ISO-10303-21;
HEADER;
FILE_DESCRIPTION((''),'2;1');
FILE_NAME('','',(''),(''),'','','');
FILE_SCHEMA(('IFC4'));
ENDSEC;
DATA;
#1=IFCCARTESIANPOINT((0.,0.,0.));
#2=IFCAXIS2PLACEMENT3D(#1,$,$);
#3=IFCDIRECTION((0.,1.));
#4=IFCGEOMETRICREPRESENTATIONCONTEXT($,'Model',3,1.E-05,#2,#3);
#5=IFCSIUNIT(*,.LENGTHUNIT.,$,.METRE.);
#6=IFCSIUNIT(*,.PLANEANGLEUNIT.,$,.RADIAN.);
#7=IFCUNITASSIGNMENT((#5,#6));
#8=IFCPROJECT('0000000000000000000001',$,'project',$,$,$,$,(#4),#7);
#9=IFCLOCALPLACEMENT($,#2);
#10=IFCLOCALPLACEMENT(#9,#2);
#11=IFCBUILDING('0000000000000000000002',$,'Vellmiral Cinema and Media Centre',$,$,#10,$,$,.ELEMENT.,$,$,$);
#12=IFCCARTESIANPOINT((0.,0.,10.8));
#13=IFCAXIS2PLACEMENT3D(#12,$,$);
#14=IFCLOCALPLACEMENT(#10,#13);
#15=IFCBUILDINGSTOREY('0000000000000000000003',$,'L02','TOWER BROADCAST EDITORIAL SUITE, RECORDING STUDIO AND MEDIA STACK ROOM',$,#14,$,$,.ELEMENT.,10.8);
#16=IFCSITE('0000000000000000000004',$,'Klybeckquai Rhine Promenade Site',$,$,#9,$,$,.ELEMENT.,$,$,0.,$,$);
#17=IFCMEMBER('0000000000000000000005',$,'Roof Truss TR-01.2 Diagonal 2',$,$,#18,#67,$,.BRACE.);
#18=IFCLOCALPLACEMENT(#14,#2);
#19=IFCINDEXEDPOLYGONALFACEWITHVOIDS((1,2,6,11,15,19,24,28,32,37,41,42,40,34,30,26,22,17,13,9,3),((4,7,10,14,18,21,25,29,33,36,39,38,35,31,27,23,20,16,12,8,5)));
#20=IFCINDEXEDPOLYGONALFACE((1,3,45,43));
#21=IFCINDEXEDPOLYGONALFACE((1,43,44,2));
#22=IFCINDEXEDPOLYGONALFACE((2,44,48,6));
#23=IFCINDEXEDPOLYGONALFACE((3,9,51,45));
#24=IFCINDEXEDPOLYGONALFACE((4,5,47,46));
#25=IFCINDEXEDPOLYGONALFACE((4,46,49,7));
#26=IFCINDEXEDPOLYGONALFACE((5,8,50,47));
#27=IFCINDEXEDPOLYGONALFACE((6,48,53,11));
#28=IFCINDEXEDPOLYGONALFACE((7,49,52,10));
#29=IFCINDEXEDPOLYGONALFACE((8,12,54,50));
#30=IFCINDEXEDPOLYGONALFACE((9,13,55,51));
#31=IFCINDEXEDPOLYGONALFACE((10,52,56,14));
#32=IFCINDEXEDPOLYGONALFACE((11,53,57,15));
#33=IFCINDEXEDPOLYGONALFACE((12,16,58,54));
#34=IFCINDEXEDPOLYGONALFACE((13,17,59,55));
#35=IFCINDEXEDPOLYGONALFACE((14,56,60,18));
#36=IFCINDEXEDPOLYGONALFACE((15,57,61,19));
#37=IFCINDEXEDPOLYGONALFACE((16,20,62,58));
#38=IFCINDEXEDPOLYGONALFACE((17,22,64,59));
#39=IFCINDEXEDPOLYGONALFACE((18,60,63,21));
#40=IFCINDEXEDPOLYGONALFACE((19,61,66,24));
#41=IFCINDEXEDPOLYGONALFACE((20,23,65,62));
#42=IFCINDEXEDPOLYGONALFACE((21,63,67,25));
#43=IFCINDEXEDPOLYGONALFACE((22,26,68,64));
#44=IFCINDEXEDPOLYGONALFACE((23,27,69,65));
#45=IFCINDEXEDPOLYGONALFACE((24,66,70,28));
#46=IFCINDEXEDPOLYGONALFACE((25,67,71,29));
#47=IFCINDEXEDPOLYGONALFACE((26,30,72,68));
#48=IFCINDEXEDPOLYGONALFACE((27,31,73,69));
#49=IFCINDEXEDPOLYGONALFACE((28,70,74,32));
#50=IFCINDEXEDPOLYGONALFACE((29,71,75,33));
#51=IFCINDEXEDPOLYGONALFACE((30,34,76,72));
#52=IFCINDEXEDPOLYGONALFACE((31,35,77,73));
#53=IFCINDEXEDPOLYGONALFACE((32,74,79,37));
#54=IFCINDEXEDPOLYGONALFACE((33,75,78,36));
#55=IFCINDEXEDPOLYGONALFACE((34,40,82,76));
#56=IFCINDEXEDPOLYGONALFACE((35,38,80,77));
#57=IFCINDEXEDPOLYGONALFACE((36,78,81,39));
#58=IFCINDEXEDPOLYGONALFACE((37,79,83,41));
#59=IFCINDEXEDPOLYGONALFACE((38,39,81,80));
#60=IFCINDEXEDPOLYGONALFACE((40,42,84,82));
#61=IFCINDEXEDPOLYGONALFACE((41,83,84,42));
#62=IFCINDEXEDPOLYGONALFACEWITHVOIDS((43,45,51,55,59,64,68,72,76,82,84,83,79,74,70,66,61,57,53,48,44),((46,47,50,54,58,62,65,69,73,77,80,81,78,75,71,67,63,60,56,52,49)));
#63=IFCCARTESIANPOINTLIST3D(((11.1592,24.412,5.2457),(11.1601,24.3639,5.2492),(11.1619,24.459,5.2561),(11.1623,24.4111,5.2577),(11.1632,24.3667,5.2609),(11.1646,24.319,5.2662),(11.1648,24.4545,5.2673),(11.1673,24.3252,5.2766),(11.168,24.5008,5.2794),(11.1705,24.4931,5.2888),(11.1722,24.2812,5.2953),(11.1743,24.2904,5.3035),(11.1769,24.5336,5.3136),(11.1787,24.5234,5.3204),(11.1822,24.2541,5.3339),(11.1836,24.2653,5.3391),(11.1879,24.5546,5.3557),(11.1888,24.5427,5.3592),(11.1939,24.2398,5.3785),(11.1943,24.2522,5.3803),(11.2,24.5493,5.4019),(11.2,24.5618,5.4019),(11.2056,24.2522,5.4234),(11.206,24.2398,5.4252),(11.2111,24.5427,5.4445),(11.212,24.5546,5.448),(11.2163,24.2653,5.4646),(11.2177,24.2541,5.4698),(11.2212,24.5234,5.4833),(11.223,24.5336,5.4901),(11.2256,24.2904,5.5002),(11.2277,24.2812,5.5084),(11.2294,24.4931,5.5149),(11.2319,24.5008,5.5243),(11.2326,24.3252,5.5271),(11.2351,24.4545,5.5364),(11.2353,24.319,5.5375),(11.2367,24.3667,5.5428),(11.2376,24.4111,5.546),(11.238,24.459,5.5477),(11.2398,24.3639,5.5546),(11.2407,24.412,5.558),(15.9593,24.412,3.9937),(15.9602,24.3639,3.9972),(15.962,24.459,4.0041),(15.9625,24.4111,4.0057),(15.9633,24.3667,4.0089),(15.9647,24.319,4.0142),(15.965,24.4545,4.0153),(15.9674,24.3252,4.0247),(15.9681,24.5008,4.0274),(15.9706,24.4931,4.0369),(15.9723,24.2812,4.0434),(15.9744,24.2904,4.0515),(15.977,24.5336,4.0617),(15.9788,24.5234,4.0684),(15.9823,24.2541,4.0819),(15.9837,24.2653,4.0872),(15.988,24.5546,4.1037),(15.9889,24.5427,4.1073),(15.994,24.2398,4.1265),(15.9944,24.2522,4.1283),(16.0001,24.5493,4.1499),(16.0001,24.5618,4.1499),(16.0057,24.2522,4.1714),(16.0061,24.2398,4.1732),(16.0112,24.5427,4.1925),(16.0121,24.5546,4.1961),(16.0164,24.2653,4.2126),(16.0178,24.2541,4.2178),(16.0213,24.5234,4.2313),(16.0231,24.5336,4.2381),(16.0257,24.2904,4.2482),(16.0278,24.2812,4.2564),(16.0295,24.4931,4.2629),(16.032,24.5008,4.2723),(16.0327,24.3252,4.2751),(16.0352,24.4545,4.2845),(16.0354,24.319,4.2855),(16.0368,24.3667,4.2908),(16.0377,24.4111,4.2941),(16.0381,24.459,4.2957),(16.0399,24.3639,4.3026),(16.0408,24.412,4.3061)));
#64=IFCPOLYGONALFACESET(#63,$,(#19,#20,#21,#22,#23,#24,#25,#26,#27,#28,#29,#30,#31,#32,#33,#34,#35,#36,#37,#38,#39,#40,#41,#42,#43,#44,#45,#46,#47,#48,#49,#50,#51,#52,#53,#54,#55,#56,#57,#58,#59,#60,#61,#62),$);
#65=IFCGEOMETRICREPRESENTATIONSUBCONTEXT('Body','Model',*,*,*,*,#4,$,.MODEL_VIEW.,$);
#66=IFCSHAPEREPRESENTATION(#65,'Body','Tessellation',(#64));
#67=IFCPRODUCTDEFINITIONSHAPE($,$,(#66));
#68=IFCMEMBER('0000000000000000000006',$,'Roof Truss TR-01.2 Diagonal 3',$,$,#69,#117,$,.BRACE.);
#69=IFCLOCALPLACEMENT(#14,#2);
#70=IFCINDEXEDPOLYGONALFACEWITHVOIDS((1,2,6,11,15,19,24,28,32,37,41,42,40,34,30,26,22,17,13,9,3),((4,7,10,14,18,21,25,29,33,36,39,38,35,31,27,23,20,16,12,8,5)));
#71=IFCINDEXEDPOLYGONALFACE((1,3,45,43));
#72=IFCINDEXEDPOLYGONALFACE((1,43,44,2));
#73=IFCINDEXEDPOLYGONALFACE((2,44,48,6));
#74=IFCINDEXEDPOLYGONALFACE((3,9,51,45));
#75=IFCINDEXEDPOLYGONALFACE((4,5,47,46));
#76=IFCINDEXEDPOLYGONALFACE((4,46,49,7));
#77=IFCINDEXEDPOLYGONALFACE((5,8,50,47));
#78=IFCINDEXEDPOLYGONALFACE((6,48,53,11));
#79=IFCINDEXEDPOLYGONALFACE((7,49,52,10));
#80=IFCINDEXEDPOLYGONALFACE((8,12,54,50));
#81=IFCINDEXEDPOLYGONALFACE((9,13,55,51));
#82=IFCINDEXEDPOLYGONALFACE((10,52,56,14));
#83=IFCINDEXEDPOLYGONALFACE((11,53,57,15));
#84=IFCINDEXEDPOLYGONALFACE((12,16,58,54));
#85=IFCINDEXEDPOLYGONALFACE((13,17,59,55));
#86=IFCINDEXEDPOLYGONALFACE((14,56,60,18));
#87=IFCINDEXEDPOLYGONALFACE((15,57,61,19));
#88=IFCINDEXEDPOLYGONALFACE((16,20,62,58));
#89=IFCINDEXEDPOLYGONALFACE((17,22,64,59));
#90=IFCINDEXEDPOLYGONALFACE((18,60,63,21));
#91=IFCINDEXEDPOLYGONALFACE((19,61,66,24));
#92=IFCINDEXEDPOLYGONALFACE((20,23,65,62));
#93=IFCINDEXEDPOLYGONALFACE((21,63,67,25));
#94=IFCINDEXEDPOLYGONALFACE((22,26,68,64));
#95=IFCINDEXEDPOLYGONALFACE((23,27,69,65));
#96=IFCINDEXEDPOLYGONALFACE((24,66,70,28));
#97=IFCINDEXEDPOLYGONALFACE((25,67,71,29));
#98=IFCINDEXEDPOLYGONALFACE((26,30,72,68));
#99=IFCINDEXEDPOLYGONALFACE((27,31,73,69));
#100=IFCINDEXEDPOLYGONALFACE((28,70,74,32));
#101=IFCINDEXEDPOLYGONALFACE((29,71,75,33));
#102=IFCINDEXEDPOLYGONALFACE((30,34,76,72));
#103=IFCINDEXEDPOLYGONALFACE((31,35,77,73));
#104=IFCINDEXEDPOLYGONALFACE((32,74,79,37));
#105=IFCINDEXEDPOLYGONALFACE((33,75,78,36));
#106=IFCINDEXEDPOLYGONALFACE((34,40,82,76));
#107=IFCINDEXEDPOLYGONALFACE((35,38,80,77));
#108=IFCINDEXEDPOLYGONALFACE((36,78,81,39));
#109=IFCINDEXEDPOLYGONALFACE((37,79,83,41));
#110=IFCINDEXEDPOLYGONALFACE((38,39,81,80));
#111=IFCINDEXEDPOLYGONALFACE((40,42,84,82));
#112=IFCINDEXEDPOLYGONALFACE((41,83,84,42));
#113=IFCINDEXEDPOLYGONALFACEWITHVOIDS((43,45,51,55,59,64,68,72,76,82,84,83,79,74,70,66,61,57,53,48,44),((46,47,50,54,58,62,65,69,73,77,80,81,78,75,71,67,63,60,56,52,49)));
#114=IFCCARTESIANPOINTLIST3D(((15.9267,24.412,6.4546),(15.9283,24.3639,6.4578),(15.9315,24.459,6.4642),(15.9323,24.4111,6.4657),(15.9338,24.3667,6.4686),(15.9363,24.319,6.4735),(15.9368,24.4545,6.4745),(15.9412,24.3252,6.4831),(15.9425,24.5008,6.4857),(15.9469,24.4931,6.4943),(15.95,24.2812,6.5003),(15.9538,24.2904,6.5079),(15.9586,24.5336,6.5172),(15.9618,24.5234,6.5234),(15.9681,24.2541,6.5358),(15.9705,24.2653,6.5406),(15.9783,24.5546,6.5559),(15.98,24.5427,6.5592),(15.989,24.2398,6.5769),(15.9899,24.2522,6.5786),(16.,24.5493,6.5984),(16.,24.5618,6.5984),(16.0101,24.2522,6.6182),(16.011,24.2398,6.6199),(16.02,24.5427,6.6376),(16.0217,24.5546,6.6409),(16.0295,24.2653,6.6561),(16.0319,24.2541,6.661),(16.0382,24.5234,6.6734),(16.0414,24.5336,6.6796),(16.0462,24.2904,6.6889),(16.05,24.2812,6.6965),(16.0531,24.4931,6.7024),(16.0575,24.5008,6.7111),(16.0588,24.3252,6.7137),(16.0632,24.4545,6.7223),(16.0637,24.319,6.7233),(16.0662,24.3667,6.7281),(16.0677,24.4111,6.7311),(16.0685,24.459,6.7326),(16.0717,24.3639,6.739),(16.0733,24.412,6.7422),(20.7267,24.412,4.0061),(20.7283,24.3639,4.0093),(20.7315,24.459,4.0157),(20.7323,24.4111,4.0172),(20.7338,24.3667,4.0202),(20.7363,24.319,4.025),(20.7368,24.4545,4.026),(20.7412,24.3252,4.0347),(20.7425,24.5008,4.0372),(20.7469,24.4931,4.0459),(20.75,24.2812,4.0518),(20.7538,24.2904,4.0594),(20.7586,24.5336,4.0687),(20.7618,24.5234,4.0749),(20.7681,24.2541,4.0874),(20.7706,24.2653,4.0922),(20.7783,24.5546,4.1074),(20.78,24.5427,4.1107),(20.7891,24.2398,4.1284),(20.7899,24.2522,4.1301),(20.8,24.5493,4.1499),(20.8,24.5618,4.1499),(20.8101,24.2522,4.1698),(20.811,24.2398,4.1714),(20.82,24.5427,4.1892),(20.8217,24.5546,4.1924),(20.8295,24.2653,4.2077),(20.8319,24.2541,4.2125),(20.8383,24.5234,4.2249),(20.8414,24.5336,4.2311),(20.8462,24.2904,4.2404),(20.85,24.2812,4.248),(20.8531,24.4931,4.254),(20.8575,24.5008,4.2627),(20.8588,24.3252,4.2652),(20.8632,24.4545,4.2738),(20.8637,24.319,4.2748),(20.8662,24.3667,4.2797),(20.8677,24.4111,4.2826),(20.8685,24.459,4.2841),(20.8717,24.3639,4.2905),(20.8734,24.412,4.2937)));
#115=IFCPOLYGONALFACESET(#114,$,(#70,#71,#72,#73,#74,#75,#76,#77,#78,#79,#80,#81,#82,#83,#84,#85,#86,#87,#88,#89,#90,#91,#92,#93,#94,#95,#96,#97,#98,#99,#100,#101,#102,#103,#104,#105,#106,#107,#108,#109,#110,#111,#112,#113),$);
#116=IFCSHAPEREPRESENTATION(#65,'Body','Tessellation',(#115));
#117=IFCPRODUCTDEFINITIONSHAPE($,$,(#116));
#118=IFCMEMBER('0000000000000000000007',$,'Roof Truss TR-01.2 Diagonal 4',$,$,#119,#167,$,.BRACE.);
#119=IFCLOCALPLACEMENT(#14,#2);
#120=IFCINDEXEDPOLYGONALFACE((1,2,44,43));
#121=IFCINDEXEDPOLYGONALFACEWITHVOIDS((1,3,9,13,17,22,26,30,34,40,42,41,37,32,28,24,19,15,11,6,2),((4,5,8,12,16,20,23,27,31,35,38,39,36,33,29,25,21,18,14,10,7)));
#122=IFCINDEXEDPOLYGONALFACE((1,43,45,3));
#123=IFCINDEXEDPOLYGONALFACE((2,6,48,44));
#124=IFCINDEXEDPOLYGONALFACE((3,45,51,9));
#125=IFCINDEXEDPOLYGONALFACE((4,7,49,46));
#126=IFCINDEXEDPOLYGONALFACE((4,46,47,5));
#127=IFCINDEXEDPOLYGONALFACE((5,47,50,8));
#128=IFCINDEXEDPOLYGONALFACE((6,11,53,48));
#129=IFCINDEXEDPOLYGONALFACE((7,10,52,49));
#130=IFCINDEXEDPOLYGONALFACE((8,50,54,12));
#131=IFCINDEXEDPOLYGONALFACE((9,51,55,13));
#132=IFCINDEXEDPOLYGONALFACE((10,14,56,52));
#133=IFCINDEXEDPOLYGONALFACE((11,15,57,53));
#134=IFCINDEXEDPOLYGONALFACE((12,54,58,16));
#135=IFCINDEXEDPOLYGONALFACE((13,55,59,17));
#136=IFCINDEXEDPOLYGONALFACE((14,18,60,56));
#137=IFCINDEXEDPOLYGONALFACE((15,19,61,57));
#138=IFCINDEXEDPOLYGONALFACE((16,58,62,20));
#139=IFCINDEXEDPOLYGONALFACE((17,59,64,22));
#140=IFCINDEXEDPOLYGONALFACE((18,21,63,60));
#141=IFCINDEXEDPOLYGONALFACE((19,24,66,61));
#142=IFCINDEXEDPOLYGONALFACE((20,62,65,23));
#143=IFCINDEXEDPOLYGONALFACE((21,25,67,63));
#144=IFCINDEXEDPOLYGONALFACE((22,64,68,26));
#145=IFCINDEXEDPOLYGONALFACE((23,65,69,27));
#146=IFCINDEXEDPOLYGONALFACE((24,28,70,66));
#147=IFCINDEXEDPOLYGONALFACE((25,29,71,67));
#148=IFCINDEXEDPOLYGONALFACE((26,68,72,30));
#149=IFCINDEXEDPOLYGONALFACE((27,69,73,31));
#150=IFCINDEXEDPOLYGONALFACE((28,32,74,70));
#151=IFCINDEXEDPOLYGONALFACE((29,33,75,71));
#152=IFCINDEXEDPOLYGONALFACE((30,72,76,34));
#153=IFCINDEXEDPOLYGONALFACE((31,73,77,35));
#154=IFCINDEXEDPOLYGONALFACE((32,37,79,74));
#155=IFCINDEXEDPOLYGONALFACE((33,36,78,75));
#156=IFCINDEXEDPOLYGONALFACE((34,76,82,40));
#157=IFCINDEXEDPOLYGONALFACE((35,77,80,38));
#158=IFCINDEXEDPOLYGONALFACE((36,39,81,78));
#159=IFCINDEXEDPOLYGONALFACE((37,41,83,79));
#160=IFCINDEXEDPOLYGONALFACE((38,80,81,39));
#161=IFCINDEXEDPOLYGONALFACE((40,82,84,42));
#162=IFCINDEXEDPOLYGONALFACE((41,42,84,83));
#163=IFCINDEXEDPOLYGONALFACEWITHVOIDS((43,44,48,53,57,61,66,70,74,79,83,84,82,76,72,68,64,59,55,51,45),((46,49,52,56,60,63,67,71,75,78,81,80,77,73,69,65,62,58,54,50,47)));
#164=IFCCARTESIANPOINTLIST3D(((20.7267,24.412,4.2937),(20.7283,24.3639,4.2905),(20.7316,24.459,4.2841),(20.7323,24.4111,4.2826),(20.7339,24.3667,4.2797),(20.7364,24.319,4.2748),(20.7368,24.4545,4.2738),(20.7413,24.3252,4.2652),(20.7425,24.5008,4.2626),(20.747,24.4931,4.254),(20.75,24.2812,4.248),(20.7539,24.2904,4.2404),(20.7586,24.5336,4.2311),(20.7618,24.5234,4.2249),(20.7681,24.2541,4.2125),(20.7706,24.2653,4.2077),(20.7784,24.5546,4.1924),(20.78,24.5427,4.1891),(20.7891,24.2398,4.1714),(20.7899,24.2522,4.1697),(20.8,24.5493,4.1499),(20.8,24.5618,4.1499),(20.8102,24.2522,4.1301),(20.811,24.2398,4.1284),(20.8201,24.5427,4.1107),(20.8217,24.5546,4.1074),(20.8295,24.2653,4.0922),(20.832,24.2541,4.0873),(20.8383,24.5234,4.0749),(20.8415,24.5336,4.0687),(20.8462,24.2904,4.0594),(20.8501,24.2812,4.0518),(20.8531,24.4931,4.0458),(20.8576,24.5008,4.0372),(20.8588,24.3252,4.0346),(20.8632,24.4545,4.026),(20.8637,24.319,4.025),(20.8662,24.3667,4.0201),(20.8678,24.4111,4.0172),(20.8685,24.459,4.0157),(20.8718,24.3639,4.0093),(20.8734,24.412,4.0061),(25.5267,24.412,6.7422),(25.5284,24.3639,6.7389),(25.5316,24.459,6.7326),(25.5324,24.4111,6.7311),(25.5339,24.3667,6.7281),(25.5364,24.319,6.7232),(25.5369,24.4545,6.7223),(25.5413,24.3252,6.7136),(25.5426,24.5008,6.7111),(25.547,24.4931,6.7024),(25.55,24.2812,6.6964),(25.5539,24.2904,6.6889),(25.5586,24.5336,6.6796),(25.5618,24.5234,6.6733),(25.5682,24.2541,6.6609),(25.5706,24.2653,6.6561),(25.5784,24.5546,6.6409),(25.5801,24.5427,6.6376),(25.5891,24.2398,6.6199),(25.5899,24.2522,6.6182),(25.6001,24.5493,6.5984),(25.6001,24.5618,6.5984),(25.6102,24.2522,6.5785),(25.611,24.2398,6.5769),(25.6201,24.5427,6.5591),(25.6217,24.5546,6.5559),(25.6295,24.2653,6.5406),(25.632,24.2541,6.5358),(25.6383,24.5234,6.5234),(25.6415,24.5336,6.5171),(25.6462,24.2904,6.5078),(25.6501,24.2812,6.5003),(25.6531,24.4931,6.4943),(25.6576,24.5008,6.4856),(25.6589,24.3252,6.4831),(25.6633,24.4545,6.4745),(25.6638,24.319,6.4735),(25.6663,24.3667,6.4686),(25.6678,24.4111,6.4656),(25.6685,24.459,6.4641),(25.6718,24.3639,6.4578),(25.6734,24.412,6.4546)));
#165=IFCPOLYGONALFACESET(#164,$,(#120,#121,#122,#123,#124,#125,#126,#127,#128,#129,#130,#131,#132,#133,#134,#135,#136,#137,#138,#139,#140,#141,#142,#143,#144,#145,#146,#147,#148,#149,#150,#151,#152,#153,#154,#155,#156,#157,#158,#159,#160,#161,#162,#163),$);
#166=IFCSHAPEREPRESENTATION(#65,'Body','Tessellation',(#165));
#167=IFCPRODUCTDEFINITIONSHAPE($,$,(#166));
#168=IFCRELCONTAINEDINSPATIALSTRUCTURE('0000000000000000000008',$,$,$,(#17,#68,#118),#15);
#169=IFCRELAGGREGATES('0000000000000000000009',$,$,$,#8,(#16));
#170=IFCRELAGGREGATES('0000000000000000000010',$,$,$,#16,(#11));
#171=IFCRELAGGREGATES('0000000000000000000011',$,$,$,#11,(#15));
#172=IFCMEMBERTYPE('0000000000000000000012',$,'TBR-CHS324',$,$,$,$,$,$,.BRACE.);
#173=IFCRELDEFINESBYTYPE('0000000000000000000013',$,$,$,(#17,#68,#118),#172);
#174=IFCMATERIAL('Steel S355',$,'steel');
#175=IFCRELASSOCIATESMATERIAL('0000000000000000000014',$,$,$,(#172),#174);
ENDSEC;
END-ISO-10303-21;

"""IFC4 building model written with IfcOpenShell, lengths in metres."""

from ifc_helpers import new_model, si_unit, direction, frame, origin, origin_2d, place, context, subcontext, project, spatial, hollow_circle, extrude, material, material_profile, profile_set, type_object, element, save


model = new_model("IFC4")

# Units and contexts
model_context = context("Model", 3, precision=1e-05, world=origin(), true_north=direction((0.0, 1.0)))
body_context = subcontext(model_context, "Body", "Model", "MODEL_VIEW")
ifc_project = project(units=[si_unit("LENGTHUNIT", "METRE"), si_unit("PLANEANGLEUNIT", "RADIAN")], contexts=[model_context])

# Site, building, storey
site_placement = place(None, origin())
site = spatial("IfcSite", under=ifc_project, at=site_placement, Name="Klybeckquai Rhine Promenade Site", CompositionType="ELEMENT", RefElevation=0.0)
building_placement = place(site_placement, origin())
building = spatial("IfcBuilding", under=site, at=building_placement, Name="Vellmiral Cinema and Media Centre", CompositionType="ELEMENT")
storey_placement = place(building_placement, frame((0.0, 0.0, 10.8)))
storey = spatial("IfcBuildingStorey", under=building, at=storey_placement, Name="L02", Description="TOWER BROADCAST EDITORIAL SUITE, RECORDING STUDIO AND MEDIA STACK ROOM", CompositionType="ELEMENT", Elevation=10.8)

# Members
ifc_material_1 = material(Name="Steel S355", Category="steel")
ifc_material_profile_1 = material_profile(ifc_material_1, hollow_circle(Radius=0.1619, WallThickness=0.0125, at=origin_2d()), Name="CHS 323.9x12.5")
ifc_profile_set_1 = profile_set([ifc_material_profile_1], Name="Steel S355")
member_type_1 = type_object("IfcMemberType", Name="TBR-CHS324", PredefinedType="BRACE", material=ifc_profile_set_1)
member_1_placement = place(storey_placement, frame((11.2, 24.3999, 5.4019), z_axis=(0.967629, 0.0, -0.252378), x_axis=(0.0, 1.0, 0.0)))
element("IfcMember", 1, at=member_1_placement, inside=storey, type_object=member_type_1, Name="Roof Truss TR-01.2 Diagonal 2", PredefinedType="BRACE", context=body_context, shape_type="SweptSolid", body=[
    extrude(hollow_circle(Radius=0.1619, WallThickness=0.0125, at=origin_2d()), origin(), (0.0, 0.0, 1.0), 4.9607),
])
for number, where, z_axis, x_axis, name in (
    (2, (16.0, 24.3999, 6.5984), (0.890801, 0.0, -0.454394), (0.0, 1.0, 0.0), "Roof Truss TR-01.2 Diagonal 3"),
    (3, (20.8, 24.3999, 4.1499), (0.890801, 0.0, 0.454394), (0.0, 1.0, 0.0), "Roof Truss TR-01.2 Diagonal 4"),
):
    element("IfcMember", number, at=place(storey_placement, frame(where, z_axis=z_axis, x_axis=x_axis)), inside=storey, type_object=member_type_1, Name=name, PredefinedType="BRACE", context=body_context, shape_type="SweptSolid", body=[
        extrude(hollow_circle(Radius=0.1619, WallThickness=0.0125, at=origin_2d()), origin(), (0.0, 0.0, 1.0), 5.3884),
    ])

save(model, "model.ifc")
